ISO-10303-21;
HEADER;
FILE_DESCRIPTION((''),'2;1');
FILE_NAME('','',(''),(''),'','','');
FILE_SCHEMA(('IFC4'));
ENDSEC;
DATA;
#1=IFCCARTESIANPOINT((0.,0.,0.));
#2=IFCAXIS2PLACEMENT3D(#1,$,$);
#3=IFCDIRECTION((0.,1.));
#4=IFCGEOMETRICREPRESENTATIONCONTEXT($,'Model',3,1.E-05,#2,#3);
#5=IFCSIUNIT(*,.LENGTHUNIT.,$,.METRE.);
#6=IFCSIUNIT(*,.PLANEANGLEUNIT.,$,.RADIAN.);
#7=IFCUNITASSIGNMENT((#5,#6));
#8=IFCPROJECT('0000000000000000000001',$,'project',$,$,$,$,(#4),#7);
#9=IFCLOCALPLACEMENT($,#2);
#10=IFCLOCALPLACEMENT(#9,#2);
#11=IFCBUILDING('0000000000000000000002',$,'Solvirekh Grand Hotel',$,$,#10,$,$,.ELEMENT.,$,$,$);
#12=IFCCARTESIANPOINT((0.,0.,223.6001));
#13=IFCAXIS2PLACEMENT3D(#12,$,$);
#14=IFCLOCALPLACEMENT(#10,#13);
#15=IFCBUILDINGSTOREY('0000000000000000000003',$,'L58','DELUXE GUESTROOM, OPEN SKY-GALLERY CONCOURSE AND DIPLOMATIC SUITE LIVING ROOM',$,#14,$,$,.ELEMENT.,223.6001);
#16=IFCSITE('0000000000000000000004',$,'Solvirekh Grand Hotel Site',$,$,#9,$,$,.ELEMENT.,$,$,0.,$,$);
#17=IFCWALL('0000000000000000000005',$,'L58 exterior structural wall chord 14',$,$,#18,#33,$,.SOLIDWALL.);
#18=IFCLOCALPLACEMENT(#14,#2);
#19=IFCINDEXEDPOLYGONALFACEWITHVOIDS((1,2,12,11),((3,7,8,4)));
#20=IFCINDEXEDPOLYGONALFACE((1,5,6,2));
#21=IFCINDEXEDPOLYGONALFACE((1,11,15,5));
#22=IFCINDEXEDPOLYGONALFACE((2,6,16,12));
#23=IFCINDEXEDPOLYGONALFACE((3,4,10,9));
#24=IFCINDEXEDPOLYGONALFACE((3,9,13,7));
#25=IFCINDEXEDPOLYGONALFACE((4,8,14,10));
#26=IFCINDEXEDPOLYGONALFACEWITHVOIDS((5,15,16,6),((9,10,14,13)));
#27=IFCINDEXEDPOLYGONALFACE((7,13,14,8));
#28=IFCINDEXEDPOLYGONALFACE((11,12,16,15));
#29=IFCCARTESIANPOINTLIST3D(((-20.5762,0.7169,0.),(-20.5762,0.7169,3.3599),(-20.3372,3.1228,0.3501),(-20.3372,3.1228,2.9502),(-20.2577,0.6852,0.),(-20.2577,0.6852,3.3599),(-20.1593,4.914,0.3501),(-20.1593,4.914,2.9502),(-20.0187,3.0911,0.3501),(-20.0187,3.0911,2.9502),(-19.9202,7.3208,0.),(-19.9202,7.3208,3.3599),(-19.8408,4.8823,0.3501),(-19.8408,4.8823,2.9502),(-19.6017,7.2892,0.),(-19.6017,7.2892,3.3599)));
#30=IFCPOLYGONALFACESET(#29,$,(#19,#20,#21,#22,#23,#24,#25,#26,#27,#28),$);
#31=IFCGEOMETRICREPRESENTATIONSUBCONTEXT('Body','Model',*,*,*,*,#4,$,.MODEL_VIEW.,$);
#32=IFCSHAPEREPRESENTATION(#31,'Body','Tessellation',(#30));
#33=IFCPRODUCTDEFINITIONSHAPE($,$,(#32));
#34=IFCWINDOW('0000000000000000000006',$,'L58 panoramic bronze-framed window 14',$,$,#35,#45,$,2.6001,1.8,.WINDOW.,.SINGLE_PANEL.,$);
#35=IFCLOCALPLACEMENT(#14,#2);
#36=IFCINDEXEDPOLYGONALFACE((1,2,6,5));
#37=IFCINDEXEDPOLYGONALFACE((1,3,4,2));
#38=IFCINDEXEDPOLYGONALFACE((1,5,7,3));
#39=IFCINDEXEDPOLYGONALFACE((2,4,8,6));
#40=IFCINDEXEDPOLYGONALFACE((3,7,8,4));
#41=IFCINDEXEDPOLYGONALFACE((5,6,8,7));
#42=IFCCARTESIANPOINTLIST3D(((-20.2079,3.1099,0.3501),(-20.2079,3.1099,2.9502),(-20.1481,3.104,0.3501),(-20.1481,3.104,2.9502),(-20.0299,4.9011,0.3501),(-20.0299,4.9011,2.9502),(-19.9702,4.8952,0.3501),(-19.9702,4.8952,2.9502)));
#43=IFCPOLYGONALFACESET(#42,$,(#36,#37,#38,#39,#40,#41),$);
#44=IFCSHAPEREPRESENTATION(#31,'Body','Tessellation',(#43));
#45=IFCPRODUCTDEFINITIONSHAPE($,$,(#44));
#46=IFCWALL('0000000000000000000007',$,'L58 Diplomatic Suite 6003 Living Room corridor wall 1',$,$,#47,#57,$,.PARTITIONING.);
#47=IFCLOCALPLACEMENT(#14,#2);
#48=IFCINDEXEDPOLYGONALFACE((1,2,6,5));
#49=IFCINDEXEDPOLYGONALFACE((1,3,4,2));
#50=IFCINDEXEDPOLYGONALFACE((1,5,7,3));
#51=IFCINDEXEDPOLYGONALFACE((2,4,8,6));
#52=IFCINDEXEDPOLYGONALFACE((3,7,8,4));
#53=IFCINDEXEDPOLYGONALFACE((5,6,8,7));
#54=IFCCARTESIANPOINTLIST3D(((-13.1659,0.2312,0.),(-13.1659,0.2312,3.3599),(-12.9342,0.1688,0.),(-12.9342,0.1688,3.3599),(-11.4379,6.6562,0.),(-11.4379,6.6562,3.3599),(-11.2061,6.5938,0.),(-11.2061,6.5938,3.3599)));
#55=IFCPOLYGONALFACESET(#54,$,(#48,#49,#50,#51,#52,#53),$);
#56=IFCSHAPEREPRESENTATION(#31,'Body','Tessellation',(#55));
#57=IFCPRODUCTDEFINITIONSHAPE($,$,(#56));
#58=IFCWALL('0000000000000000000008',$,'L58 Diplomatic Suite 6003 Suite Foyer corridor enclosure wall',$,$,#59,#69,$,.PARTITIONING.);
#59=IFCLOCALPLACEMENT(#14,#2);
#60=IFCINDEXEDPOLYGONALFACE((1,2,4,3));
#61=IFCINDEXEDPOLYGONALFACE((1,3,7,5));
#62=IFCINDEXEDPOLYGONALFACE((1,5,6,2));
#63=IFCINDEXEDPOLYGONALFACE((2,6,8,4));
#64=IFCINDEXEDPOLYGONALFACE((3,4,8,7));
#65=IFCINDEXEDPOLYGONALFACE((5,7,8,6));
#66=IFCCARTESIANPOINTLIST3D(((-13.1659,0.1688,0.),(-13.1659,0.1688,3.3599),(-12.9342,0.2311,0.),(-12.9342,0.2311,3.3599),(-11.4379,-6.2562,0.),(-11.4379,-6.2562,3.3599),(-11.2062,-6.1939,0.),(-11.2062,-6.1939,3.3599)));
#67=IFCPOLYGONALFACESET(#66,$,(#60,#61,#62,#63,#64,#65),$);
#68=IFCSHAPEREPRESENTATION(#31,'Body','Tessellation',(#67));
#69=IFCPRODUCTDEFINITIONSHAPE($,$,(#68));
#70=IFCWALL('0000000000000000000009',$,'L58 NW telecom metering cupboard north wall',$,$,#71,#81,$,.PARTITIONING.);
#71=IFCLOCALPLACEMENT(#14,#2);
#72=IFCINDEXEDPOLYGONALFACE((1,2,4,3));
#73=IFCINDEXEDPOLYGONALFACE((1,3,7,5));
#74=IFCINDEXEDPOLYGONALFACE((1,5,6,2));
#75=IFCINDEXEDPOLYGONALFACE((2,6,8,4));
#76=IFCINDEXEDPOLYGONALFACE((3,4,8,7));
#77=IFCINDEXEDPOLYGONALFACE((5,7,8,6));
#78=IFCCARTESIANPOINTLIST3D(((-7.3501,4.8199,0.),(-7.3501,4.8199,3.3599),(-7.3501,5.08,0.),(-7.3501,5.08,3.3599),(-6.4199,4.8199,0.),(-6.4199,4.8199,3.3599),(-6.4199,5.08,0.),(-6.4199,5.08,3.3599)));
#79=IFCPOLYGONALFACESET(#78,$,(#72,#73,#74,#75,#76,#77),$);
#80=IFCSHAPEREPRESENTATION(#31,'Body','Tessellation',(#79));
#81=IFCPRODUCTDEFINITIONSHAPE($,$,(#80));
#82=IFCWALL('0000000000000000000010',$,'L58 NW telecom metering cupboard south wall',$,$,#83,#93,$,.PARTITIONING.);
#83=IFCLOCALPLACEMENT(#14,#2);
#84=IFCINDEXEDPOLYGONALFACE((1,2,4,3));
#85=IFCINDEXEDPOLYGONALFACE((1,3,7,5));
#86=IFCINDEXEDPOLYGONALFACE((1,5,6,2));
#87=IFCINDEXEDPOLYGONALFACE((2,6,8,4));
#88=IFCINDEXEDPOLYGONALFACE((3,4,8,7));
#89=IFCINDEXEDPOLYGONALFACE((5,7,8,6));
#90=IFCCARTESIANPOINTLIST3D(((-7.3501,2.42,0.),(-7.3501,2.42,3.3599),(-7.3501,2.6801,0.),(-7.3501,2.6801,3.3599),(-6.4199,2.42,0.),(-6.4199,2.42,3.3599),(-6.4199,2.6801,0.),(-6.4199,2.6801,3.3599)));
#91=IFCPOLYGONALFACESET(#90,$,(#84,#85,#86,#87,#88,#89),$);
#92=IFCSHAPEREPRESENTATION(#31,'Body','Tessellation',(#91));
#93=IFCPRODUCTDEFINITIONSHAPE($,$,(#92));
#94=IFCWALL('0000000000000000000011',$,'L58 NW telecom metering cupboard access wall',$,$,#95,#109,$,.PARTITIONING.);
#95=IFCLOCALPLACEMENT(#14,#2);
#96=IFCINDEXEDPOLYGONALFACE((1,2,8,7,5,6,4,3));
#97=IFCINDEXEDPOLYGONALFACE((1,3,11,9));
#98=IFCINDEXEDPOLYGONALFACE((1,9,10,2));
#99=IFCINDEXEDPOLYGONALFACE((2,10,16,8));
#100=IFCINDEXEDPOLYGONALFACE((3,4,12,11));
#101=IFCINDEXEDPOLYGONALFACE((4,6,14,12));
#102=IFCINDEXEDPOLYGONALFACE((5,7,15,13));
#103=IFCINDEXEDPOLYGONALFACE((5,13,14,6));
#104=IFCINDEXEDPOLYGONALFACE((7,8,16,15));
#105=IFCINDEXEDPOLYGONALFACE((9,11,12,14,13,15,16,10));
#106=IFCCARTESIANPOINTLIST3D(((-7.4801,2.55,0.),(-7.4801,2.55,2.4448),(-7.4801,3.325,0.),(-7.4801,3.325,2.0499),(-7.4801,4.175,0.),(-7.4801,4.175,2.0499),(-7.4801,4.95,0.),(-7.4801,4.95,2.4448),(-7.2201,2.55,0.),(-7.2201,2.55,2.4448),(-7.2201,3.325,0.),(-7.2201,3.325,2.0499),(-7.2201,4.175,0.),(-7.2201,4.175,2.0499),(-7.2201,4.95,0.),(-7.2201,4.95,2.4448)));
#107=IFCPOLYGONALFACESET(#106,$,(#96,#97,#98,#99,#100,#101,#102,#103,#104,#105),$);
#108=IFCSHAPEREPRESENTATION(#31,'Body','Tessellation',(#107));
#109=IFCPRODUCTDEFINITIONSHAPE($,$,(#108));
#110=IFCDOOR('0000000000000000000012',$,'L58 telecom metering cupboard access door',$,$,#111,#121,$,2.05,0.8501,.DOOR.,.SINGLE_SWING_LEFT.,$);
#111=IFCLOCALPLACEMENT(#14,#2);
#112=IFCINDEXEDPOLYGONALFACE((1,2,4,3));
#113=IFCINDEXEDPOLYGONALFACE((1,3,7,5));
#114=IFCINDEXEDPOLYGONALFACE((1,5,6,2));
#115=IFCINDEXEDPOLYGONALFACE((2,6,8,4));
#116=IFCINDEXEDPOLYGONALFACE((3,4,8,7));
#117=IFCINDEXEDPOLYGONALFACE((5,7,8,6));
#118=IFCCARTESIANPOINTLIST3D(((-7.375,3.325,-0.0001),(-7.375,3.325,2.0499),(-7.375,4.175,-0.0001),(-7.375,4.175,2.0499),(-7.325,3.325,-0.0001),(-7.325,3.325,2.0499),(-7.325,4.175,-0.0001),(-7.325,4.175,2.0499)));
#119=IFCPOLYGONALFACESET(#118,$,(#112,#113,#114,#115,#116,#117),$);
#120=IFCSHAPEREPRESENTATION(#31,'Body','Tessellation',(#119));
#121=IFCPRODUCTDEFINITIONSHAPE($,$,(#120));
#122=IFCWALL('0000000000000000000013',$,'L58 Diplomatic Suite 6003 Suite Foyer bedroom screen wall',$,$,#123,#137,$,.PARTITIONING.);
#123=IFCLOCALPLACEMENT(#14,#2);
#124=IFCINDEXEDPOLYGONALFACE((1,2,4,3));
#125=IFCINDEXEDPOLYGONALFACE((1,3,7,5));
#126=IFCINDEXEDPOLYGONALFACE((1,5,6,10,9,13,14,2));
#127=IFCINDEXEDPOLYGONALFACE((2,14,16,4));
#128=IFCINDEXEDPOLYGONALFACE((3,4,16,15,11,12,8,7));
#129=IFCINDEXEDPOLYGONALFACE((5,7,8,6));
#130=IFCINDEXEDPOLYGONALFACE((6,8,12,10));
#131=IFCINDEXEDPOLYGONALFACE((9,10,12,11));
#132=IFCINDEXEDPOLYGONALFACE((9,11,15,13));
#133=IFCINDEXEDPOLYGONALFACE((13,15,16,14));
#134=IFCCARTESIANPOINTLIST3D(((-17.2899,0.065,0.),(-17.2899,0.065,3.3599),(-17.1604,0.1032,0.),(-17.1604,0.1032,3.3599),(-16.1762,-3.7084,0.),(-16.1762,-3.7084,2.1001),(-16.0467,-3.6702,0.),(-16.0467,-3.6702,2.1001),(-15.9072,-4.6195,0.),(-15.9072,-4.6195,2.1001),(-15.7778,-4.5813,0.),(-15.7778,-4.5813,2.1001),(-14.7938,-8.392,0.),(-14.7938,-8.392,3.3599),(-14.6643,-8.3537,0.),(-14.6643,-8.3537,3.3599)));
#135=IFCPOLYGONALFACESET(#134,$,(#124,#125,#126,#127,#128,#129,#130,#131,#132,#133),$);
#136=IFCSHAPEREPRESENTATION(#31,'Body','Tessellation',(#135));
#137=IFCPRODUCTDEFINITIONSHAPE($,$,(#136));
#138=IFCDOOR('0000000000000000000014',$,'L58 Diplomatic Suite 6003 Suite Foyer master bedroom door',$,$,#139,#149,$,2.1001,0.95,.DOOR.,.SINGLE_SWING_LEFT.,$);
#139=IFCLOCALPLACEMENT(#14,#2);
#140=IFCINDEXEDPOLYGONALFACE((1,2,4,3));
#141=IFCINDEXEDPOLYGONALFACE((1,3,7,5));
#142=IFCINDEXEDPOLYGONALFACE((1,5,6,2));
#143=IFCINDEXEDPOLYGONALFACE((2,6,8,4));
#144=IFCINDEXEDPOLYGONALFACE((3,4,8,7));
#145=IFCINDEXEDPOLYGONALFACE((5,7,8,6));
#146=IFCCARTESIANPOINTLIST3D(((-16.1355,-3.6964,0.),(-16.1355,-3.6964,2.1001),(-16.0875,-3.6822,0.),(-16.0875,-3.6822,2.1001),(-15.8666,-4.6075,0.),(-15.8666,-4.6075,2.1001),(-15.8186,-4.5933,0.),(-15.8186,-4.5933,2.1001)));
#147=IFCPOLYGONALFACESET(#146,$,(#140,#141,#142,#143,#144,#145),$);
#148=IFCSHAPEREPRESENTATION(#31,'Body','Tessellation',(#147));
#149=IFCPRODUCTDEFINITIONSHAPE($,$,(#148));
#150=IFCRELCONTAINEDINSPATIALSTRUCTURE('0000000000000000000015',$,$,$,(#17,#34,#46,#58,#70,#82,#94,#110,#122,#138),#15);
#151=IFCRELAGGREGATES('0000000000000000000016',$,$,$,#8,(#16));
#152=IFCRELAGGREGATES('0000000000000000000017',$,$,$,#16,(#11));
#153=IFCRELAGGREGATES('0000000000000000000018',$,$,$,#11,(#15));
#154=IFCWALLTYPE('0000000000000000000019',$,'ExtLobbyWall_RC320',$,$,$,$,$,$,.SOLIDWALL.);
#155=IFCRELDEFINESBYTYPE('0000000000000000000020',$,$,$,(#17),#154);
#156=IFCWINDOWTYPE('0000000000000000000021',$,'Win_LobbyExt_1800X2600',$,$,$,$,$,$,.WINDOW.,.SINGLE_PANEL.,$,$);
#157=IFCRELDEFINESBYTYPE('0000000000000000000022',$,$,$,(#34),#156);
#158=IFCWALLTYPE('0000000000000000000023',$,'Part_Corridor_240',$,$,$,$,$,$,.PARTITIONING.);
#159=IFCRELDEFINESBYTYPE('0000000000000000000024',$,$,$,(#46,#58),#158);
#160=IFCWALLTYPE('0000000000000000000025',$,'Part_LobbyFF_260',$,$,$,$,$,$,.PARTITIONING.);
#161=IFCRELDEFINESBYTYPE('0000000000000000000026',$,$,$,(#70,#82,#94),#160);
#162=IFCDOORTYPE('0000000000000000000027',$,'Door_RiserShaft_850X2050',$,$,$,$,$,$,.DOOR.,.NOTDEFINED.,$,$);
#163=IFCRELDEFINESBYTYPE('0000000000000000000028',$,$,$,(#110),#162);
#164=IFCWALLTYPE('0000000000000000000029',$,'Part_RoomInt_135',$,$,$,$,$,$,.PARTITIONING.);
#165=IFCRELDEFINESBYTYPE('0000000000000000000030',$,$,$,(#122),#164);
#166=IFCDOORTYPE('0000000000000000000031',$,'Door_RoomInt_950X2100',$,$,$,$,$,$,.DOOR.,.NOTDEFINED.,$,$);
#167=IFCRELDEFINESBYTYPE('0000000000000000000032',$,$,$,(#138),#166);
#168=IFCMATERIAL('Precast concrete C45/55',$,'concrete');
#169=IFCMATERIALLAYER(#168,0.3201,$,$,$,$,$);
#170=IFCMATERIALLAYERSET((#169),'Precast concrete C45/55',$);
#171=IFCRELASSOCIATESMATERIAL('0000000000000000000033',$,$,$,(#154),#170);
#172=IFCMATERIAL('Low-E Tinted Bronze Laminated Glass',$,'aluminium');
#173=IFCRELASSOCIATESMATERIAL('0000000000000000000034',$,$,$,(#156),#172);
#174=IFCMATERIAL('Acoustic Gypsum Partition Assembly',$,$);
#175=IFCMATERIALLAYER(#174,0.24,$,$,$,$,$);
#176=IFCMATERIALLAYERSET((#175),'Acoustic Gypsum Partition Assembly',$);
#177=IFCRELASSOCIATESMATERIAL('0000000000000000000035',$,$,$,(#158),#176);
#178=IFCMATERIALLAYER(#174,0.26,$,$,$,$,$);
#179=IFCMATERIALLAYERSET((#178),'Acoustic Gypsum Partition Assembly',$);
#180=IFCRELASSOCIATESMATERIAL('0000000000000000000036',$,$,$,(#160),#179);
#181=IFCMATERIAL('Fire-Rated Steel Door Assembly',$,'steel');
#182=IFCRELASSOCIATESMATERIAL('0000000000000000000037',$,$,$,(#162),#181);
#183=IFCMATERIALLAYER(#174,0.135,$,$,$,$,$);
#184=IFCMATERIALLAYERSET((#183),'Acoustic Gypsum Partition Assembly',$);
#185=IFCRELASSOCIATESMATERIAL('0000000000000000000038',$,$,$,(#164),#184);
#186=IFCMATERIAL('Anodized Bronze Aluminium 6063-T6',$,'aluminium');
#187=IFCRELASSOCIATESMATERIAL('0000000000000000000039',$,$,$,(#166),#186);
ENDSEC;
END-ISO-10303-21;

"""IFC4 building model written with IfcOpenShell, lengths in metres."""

from ifc_helpers import new_model, si_unit, direction, frame, frame_2d, origin, place, context, subcontext, project, spatial, rectangle, extrude, material, layer, layer_set, type_object, element, fill, save


model = new_model("IFC4")

# Units and contexts
model_context = context("Model", 3, precision=1e-05, world=origin(), true_north=direction((0.0, 1.0)))
body_context = subcontext(model_context, "Body", "Model", "MODEL_VIEW")
ifc_project = project(units=[si_unit("LENGTHUNIT", "METRE"), si_unit("PLANEANGLEUNIT", "RADIAN")], contexts=[model_context])

# Site, building, storey
site_placement = place(None, origin())
site = spatial("IfcSite", under=ifc_project, at=site_placement, Name="Solvirekh Grand Hotel Site", CompositionType="ELEMENT", RefElevation=0.0)
building_placement = place(site_placement, origin())
building = spatial("IfcBuilding", under=site, at=building_placement, Name="Solvirekh Grand Hotel", CompositionType="ELEMENT")
storey_placement = place(building_placement, frame((0.0, 0.0, 223.6001)))
storey = spatial("IfcBuildingStorey", under=building, at=storey_placement, Name="L58", Description="DELUXE GUESTROOM, OPEN SKY-GALLERY CONCOURSE AND DIPLOMATIC SUITE LIVING ROOM", CompositionType="ELEMENT", Elevation=223.6001)

# Shared definitions
ifc_material_1 = material(Name="Anodized Bronze Aluminium 6063-T6", Category="aluminium")

# Wall, opening, window
ifc_material_2 = material(Name="Precast concrete C45/55", Category="concrete")
ifc_layer_1 = layer(ifc_material_2, 0.3201)
ifc_layer_set_1 = layer_set([ifc_layer_1], Name="Precast concrete C45/55")
wall_type_1 = type_object("IfcWallType", Name="ExtLobbyWall_RC320", PredefinedType="SOLIDWALL", material=ifc_layer_set_1)
wall_1_placement = place(storey_placement, frame((-20.417, 0.7009, 0.0), z_axis=(0.0, 0.0, 1.0), x_axis=(0.098848, 0.995103, 0.0)))
wall_1 = element("IfcWall", 1, at=wall_1_placement, inside=storey, type_object=wall_type_1, Name="L58 exterior structural wall chord 14", PredefinedType="SOLIDWALL", context=body_context, shape_type="SweptSolid", body=[
    extrude(rectangle(XDim=6.6365, YDim=0.3201, at=frame_2d((3.3184, 0.0))), origin(), (0.0, 0.0, 1.0), 3.3599),
])
opening_1_placement = place(wall_1_placement, frame((2.418, 0.0, 0.3501)))
opening_1 = element("IfcOpeningElement", 2, at=opening_1_placement, cuts=wall_1, PredefinedType="OPENING", context=body_context, shape_type="SweptSolid", body=[
    extrude(rectangle(XDim=1.8, YDim=2.6001, at=frame_2d((0.8999, 1.3))), frame((0.0, 0.1699, 0.0), z_axis=(0.0, -1.0, 0.0), x_axis=(1.0, 0.0, 0.0)), (0.0, 0.0, 1.0), 0.3401),
])
ifc_material_3 = material(Name="Low-E Tinted Bronze Laminated Glass", Category="aluminium")
window_type = type_object("IfcWindowType", Name="Win_LobbyExt_1800X2600", PartitioningType="SINGLE_PANEL", PredefinedType="WINDOW", material=ifc_material_3)
window_placement = place(opening_1_placement, origin())
window = element("IfcWindow", 3, at=window_placement, inside=storey, type_object=window_type, Name="L58 panoramic bronze-framed window 14", OverallHeight=2.6001, OverallWidth=1.8, PartitioningType="SINGLE_PANEL", PredefinedType="WINDOW", context=body_context, shape_type="SweptSolid", body=[
    extrude(rectangle(XDim=1.8, YDim=2.6001, at=frame_2d((0.8999, 1.3))), frame((0.0, 0.03, 0.0), z_axis=(0.0, -1.0, 0.0), x_axis=(1.0, 0.0, 0.0)), (0.0, 0.0, 1.0), 0.0601),
])
fill(opening_1, window)

# Walls
ifc_material_4 = material(Name="Acoustic Gypsum Partition Assembly")
ifc_layer_2 = layer(ifc_material_4, 0.24)
ifc_layer_set_2 = layer_set([ifc_layer_2], Name="Acoustic Gypsum Partition Assembly")
wall_type_2 = type_object("IfcWallType", Name="Part_Corridor_240", PredefinedType="PARTITIONING", material=ifc_layer_set_2)
for number, where, z_axis, x_axis, name in (
    (4, (-11.322, 6.625, 0.0), (0.0, 0.0, 1.0), (-0.259722, -0.965683, 0.0), "L58 Diplomatic Suite 6003 Living Room corridor wall 1"),
    (5, (-13.05, 0.2, 0.0), (0.0, 0.0, 1.0), (0.259722, -0.965683, 0.0), "L58 Diplomatic Suite 6003 Suite Foyer corridor enclosure wall"),
):
    element("IfcWall", number, at=place(storey_placement, frame(where, z_axis=z_axis, x_axis=x_axis)), inside=storey, type_object=wall_type_2, Name=name, PredefinedType="PARTITIONING", context=body_context, shape_type="SweptSolid", body=[
        extrude(rectangle(XDim=6.6533, YDim=0.24, at=frame_2d((3.3267, 0.0))), origin(), (0.0, 0.0, 1.0), 3.3599),
    ])
ifc_layer_3 = layer(ifc_material_4, 0.26)
ifc_layer_set_3 = layer_set([ifc_layer_3], Name="Acoustic Gypsum Partition Assembly")
wall_type_3 = type_object("IfcWallType", Name="Part_LobbyFF_260", PredefinedType="PARTITIONING", material=ifc_layer_set_3)
for number, where, z_axis, x_axis, name in (
    (6, (-7.3501, 4.95, 0.0), (0.0, 0.0, 1.0), (1.0, 0.0, 0.0), "L58 NW telecom metering cupboard north wall"),
    (7, (-7.3501, 2.55, 0.0), (0.0, 0.0, 1.0), (1.0, 0.0, 0.0), "L58 NW telecom metering cupboard south wall"),
):
    element("IfcWall", number, at=place(storey_placement, frame(where, z_axis=z_axis, x_axis=x_axis)), inside=storey, type_object=wall_type_3, Name=name, PredefinedType="PARTITIONING", context=body_context, shape_type="SweptSolid", body=[
        extrude(rectangle(XDim=0.9302, YDim=0.26, at=frame_2d((0.4651, 0.0))), origin(), (0.0, 0.0, 1.0), 3.3599),
    ])

# Walls, openings, doors
wall_2_placement = place(storey_placement, frame((-7.3501, 2.55, 0.0), z_axis=(0.0, 0.0, 1.0), x_axis=(0.0, 1.0, 0.0)))
wall_2 = element("IfcWall", 8, at=wall_2_placement, inside=storey, type_object=wall_type_3, Name="L58 NW telecom metering cupboard access wall", PredefinedType="PARTITIONING", context=body_context, shape_type="SweptSolid", body=[
    extrude(rectangle(XDim=2.3999, YDim=0.26, at=frame_2d((1.2, 0.0))), origin(), (0.0, 0.0, 1.0), 2.4448),
])
opening_2_placement = place(wall_2_placement, frame((0.7749, 0.0, 0.0)))
opening_2 = element("IfcOpeningElement", 9, at=opening_2_placement, cuts=wall_2, PredefinedType="OPENING", context=body_context, shape_type="SweptSolid", body=[
    extrude(rectangle(XDim=0.8501, YDim=2.05, at=frame_2d((0.425, 1.0249))), frame((0.0, 0.1401, 0.0), z_axis=(0.0, -1.0, 0.0), x_axis=(1.0, 0.0, 0.0)), (0.0, 0.0, 1.0), 0.28),
])
ifc_material_5 = material(Name="Fire-Rated Steel Door Assembly", Category="steel")
door_type_1 = type_object("IfcDoorType", Name="Door_RiserShaft_850X2050", OperationType="NOTDEFINED", PredefinedType="DOOR", material=ifc_material_5)
door_1_placement = place(opening_2_placement, origin())
door_1 = element("IfcDoor", 10, at=door_1_placement, inside=storey, type_object=door_type_1, Name="L58 telecom metering cupboard access door", OperationType="SINGLE_SWING_LEFT", OverallHeight=2.05, OverallWidth=0.8501, PredefinedType="DOOR", context=body_context, shape_type="SweptSolid", body=[
    extrude(rectangle(XDim=0.8501, YDim=2.05, at=frame_2d((0.425, 1.0249))), frame((0.0, 0.0249, 0.0), z_axis=(0.0, -1.0, 0.0), x_axis=(1.0, 0.0, 0.0)), (0.0, 0.0, 1.0), 0.05),
])
fill(opening_2, door_1)
ifc_layer_4 = layer(ifc_material_4, 0.135)
ifc_layer_set_4 = layer_set([ifc_layer_4], Name="Acoustic Gypsum Partition Assembly")
wall_type_4 = type_object("IfcWallType", Name="Part_RoomInt_135", PredefinedType="PARTITIONING", material=ifc_layer_set_4)
wall_3_placement = place(storey_placement, frame((-17.2251, 0.084, 0.0), z_axis=(0.0, 0.0, 1.0), x_axis=(0.283078, -0.959097, 0.0)))
wall_3 = element("IfcWall", 11, at=wall_3_placement, inside=storey, type_object=wall_type_4, Name="L58 Diplomatic Suite 6003 Suite Foyer bedroom screen wall", PredefinedType="PARTITIONING", context=body_context, shape_type="SweptSolid", body=[
    extrude(rectangle(XDim=8.8176, YDim=0.135, at=frame_2d((4.4087, 0.0))), origin(), (0.0, 0.0, 1.0), 3.3599),
])
opening_3_placement = place(wall_3_placement, frame((3.9341, 0.0, 0.0)))
opening_3 = element("IfcOpeningElement", 12, at=opening_3_placement, cuts=wall_3, PredefinedType="OPENING", context=body_context, shape_type="SweptSolid", body=[
    extrude(rectangle(XDim=0.95, YDim=2.1001, at=frame_2d((0.4751, 1.05))), frame((0.0, 0.0776, 0.0), z_axis=(0.0, -1.0, 0.0), x_axis=(1.0, 0.0, 0.0)), (0.0, 0.0, 1.0), 0.155),
])
door_type_2 = type_object("IfcDoorType", Name="Door_RoomInt_950X2100", OperationType="NOTDEFINED", PredefinedType="DOOR", material=ifc_material_1)
door_2_placement = place(opening_3_placement, origin())
door_2 = element("IfcDoor", 13, at=door_2_placement, inside=storey, type_object=door_type_2, Name="L58 Diplomatic Suite 6003 Suite Foyer master bedroom door", OperationType="SINGLE_SWING_LEFT", OverallHeight=2.1001, OverallWidth=0.95, PredefinedType="DOOR", context=body_context, shape_type="SweptSolid", body=[
    extrude(rectangle(XDim=0.95, YDim=2.1001, at=frame_2d((0.4751, 1.05))), frame((0.0, 0.0249, 0.0), z_axis=(0.0, -1.0, 0.0), x_axis=(1.0, 0.0, 0.0)), (0.0, 0.0, 1.0), 0.05),
])
fill(opening_3, door_2)

save(model, "model.ifc")
